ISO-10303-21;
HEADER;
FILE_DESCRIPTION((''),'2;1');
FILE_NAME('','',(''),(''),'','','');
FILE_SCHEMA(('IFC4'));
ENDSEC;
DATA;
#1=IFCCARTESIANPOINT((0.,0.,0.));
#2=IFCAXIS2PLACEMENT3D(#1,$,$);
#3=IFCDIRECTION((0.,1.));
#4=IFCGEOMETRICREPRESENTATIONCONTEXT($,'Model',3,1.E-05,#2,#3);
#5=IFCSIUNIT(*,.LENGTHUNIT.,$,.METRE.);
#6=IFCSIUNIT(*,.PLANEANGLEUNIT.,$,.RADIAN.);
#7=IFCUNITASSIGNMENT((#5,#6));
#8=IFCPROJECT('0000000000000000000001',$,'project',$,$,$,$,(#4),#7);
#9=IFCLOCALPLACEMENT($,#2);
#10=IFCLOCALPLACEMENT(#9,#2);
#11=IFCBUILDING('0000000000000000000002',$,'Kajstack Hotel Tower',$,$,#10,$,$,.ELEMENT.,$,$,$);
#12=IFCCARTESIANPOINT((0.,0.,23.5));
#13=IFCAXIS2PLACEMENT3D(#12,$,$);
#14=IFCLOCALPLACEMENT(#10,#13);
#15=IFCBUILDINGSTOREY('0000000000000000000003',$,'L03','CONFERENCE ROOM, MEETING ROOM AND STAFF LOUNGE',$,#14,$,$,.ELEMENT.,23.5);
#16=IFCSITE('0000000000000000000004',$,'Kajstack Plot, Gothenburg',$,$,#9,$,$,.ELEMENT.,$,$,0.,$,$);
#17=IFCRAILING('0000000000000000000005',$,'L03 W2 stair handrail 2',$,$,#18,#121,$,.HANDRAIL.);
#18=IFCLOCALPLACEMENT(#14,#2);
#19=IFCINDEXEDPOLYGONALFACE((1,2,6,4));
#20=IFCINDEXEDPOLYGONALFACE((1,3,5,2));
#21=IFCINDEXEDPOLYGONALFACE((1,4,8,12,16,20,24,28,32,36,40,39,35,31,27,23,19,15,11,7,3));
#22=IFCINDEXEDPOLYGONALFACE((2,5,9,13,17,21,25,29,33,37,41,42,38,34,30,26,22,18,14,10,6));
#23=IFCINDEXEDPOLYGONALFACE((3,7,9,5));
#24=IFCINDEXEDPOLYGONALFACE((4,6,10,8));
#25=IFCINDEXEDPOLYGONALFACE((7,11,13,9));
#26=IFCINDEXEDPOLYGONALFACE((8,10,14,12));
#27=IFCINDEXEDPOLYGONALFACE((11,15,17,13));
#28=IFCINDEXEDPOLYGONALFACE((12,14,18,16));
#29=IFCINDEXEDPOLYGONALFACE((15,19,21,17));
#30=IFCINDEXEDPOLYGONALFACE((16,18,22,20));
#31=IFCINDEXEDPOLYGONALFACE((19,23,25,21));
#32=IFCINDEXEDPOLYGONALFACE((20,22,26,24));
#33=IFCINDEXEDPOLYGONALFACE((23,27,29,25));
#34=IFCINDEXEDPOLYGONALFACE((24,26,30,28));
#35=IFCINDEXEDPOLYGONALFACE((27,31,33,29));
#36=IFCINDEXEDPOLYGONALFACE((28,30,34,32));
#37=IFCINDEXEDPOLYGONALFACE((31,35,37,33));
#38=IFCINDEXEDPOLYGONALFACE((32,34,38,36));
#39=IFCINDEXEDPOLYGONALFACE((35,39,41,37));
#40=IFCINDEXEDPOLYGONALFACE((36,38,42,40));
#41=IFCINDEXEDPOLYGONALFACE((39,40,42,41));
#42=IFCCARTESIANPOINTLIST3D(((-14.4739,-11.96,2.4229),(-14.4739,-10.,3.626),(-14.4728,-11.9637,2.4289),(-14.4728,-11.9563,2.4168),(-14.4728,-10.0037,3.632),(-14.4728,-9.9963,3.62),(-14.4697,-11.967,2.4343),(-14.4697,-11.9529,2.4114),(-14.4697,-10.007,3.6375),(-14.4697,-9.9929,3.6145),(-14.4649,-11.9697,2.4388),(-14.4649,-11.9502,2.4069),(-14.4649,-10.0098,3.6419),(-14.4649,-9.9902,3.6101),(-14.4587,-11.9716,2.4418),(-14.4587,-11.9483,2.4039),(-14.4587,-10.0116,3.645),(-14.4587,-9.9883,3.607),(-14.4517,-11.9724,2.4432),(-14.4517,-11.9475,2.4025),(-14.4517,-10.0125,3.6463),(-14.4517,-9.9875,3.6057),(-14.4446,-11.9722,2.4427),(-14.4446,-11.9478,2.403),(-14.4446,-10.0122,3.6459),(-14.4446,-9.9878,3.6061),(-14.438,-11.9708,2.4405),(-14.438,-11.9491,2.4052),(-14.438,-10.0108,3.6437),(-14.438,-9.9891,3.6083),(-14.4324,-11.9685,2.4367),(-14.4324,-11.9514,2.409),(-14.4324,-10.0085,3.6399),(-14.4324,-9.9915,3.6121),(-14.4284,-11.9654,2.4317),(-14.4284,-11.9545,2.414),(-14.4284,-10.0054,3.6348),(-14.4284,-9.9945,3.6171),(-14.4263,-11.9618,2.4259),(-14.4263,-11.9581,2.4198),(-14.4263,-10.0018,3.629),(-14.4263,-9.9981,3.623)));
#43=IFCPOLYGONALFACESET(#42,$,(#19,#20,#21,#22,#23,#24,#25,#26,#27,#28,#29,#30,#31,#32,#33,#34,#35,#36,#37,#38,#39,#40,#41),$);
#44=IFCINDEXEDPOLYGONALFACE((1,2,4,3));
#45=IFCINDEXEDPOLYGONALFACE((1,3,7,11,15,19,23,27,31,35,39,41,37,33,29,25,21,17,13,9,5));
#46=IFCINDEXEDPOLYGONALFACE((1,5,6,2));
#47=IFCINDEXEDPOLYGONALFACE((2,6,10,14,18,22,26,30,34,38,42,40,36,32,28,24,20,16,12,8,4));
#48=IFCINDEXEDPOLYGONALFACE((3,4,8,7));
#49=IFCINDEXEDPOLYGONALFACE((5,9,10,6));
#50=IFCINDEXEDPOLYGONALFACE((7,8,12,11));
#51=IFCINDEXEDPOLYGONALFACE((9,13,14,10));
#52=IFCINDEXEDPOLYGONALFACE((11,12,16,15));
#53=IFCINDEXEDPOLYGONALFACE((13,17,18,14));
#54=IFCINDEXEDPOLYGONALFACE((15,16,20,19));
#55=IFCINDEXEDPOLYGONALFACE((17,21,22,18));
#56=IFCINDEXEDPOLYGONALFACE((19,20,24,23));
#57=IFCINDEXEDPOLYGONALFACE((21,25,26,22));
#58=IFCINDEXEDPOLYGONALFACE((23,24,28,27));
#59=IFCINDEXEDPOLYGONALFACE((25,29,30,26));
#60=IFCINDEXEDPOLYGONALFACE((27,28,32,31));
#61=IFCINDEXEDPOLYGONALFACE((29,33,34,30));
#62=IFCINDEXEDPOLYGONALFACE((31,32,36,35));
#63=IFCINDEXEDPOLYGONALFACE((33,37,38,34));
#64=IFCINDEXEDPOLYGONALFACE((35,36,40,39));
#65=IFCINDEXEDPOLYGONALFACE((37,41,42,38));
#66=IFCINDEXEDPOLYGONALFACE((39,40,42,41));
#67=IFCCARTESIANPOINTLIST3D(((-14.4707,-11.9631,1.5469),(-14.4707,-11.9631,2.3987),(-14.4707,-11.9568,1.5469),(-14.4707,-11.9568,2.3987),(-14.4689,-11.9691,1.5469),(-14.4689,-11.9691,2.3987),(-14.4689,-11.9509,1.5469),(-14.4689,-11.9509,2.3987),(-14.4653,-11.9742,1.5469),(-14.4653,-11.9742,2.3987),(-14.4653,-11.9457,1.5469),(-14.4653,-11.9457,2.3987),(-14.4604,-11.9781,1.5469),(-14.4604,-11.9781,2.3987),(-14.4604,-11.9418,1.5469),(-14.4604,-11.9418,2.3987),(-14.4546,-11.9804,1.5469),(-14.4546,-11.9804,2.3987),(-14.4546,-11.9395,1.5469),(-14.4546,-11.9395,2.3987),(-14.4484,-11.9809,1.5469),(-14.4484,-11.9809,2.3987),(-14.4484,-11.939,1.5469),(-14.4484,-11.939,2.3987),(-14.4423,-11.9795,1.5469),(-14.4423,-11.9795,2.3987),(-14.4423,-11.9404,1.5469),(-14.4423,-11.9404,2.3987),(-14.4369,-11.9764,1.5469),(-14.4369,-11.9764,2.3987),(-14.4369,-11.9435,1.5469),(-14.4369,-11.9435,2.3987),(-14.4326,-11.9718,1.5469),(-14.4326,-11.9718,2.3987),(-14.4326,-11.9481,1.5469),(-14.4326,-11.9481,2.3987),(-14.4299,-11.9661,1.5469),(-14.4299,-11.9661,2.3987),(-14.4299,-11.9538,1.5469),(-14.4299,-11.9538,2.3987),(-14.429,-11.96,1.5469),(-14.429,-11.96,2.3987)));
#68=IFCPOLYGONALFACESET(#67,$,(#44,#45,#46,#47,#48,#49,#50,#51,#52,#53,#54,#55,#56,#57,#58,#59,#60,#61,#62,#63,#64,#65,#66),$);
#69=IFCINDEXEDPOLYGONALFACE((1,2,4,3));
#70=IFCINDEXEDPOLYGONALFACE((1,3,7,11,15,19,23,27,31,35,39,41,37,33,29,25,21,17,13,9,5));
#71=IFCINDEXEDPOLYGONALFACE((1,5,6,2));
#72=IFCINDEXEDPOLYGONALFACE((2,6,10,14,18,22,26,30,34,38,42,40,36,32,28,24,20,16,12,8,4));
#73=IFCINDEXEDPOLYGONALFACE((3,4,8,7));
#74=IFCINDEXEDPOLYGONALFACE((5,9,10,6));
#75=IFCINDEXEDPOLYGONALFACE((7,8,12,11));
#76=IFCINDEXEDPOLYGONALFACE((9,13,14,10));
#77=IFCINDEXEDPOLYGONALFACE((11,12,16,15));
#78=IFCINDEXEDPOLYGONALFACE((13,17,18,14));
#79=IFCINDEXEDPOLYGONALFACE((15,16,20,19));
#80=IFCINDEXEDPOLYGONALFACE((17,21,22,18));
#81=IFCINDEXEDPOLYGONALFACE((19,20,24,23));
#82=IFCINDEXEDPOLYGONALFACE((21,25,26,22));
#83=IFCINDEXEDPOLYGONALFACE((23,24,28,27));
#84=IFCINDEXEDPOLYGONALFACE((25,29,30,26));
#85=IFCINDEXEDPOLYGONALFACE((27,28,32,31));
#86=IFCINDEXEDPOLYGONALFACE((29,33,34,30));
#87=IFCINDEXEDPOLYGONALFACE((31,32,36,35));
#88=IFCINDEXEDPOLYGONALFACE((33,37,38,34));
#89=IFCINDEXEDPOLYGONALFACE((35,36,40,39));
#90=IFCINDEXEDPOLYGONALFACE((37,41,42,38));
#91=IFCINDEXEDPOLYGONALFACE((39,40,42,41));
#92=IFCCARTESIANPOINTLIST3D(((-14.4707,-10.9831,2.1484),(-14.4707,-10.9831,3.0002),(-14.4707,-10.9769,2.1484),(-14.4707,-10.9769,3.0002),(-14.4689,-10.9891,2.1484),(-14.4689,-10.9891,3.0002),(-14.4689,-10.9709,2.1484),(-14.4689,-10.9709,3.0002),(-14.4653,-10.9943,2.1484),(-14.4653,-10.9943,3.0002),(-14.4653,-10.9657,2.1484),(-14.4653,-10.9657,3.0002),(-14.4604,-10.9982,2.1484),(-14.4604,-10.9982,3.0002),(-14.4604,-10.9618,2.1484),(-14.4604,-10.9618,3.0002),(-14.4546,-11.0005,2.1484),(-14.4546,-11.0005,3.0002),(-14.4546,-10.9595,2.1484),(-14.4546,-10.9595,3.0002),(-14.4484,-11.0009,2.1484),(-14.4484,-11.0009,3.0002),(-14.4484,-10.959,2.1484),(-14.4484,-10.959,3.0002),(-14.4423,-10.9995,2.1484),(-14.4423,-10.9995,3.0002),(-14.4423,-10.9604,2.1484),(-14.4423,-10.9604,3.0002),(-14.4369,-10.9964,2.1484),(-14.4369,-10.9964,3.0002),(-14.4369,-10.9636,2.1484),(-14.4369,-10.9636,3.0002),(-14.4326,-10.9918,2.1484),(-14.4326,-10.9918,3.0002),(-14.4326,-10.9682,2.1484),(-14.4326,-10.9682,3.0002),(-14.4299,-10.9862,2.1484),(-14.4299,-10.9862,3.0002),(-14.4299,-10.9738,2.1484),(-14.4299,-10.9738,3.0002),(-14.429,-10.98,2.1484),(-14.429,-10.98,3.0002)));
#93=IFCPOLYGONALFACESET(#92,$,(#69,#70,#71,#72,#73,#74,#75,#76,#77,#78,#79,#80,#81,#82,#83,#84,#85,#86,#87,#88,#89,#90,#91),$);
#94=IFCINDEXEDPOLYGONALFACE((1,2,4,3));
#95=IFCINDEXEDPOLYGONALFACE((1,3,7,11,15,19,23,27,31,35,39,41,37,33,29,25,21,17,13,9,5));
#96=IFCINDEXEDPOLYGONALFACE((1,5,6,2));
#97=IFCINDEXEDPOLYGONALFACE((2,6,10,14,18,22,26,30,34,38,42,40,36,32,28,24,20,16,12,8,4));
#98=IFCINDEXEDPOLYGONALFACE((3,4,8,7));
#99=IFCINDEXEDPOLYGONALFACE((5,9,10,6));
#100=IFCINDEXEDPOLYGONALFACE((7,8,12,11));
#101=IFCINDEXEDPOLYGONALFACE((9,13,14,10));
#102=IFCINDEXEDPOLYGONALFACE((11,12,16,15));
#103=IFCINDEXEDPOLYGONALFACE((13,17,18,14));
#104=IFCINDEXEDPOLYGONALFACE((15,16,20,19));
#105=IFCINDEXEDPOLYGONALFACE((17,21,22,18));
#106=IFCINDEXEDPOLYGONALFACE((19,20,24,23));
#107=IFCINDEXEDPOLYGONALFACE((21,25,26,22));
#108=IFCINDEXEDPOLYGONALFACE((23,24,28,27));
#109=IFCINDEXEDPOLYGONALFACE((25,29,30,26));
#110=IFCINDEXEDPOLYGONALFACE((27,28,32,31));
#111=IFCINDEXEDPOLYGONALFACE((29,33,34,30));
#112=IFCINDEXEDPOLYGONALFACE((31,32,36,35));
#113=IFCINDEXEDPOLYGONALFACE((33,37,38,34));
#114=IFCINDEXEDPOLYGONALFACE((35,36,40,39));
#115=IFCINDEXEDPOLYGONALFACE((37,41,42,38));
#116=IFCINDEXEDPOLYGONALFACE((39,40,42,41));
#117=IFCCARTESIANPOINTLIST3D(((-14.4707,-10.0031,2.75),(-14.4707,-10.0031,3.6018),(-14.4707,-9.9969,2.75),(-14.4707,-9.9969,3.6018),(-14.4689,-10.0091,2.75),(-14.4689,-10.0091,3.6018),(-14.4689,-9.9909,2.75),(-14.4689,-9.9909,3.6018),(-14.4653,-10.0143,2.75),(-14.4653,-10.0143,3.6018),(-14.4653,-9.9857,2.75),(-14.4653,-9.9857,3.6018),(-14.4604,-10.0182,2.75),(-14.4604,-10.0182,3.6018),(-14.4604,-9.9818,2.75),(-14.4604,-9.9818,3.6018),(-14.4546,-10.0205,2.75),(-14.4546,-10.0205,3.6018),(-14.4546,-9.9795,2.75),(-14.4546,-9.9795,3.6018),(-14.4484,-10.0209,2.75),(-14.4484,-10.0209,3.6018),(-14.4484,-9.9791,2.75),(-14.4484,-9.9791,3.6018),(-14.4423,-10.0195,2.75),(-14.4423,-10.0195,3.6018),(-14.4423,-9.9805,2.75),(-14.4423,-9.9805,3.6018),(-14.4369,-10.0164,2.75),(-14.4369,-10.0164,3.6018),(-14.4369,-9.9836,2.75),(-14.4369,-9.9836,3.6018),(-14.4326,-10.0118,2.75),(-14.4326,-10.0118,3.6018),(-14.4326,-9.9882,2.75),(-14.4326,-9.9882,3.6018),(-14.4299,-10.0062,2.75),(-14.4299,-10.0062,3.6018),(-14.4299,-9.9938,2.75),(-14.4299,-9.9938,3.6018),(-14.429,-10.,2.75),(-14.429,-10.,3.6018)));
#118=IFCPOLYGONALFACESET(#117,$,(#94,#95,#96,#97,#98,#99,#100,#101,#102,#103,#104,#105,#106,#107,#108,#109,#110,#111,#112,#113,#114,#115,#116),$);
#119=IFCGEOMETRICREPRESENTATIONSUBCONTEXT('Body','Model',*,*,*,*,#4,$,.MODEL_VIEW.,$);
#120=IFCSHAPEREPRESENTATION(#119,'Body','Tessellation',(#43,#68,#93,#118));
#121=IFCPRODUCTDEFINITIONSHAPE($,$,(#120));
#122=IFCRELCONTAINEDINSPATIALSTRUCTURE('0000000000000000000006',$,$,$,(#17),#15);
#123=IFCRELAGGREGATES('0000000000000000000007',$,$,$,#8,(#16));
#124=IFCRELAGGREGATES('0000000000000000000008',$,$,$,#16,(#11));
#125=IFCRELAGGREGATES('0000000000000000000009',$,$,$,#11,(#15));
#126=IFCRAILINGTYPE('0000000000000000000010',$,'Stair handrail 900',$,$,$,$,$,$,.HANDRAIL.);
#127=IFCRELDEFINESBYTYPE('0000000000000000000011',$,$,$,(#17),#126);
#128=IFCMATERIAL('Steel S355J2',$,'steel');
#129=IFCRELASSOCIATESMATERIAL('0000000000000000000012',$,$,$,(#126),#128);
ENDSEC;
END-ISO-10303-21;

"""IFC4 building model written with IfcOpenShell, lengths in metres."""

from ifc_helpers import new_model, si_unit, direction, frame, origin, origin_2d, place, context, subcontext, project, spatial, circle, extrude, material, type_object, element, save


model = new_model("IFC4")

# Units and contexts
model_context = context("Model", 3, precision=1e-05, world=origin(), true_north=direction((0.0, 1.0)))
body_context = subcontext(model_context, "Body", "Model", "MODEL_VIEW")
ifc_project = project(units=[si_unit("LENGTHUNIT", "METRE"), si_unit("PLANEANGLEUNIT", "RADIAN")], contexts=[model_context])

# Site, building, storey
site_placement = place(None, origin())
site = spatial("IfcSite", under=ifc_project, at=site_placement, Name="Kajstack Plot, Gothenburg", CompositionType="ELEMENT", RefElevation=0.0)
building_placement = place(site_placement, origin())
building = spatial("IfcBuilding", under=site, at=building_placement, Name="Kajstack Hotel Tower", CompositionType="ELEMENT")
storey_placement = place(building_placement, frame((0.0, 0.0, 23.5)))
storey = spatial("IfcBuildingStorey", under=building, at=storey_placement, Name="L03", Description="CONFERENCE ROOM, MEETING ROOM AND STAFF LOUNGE", CompositionType="ELEMENT", Elevation=23.5)

# Railing
ifc_material_1 = material(Name="Steel S355J2", Category="steel")
railing_type_1 = type_object("IfcRailingType", Name="Stair handrail 900", PredefinedType="HANDRAIL", material=ifc_material_1)
railing_1_placement = place(storey_placement, frame((-14.45, -11.96, 1.5469)))
element("IfcRailing", 1, at=railing_1_placement, inside=storey, type_object=railing_type_1, Name="L03 W2 stair handrail 2", PredefinedType="HANDRAIL", context=body_context, shape_type="SweptSolid", body=[
    extrude(circle(Radius=0.0239, at=origin_2d()), frame((0.0, 0.0, 0.876), z_axis=(0.0, 0.852241, 0.523149), x_axis=(-1.0, 0.0, 0.0)), (0.0, 0.0, 1.0), 2.2998),
    extrude(circle(Radius=0.021, at=origin_2d()), origin(), (0.0, 0.0, 1.0), 0.8518),
    extrude(circle(Radius=0.021, at=origin_2d()), frame((0.0, 0.98, 0.6016)), (0.0, 0.0, 1.0), 0.8518),
    extrude(circle(Radius=0.021, at=origin_2d()), frame((0.0, 1.96, 1.2031)), (0.0, 0.0, 1.0), 0.8518),
])

save(model, "model.ifc")
